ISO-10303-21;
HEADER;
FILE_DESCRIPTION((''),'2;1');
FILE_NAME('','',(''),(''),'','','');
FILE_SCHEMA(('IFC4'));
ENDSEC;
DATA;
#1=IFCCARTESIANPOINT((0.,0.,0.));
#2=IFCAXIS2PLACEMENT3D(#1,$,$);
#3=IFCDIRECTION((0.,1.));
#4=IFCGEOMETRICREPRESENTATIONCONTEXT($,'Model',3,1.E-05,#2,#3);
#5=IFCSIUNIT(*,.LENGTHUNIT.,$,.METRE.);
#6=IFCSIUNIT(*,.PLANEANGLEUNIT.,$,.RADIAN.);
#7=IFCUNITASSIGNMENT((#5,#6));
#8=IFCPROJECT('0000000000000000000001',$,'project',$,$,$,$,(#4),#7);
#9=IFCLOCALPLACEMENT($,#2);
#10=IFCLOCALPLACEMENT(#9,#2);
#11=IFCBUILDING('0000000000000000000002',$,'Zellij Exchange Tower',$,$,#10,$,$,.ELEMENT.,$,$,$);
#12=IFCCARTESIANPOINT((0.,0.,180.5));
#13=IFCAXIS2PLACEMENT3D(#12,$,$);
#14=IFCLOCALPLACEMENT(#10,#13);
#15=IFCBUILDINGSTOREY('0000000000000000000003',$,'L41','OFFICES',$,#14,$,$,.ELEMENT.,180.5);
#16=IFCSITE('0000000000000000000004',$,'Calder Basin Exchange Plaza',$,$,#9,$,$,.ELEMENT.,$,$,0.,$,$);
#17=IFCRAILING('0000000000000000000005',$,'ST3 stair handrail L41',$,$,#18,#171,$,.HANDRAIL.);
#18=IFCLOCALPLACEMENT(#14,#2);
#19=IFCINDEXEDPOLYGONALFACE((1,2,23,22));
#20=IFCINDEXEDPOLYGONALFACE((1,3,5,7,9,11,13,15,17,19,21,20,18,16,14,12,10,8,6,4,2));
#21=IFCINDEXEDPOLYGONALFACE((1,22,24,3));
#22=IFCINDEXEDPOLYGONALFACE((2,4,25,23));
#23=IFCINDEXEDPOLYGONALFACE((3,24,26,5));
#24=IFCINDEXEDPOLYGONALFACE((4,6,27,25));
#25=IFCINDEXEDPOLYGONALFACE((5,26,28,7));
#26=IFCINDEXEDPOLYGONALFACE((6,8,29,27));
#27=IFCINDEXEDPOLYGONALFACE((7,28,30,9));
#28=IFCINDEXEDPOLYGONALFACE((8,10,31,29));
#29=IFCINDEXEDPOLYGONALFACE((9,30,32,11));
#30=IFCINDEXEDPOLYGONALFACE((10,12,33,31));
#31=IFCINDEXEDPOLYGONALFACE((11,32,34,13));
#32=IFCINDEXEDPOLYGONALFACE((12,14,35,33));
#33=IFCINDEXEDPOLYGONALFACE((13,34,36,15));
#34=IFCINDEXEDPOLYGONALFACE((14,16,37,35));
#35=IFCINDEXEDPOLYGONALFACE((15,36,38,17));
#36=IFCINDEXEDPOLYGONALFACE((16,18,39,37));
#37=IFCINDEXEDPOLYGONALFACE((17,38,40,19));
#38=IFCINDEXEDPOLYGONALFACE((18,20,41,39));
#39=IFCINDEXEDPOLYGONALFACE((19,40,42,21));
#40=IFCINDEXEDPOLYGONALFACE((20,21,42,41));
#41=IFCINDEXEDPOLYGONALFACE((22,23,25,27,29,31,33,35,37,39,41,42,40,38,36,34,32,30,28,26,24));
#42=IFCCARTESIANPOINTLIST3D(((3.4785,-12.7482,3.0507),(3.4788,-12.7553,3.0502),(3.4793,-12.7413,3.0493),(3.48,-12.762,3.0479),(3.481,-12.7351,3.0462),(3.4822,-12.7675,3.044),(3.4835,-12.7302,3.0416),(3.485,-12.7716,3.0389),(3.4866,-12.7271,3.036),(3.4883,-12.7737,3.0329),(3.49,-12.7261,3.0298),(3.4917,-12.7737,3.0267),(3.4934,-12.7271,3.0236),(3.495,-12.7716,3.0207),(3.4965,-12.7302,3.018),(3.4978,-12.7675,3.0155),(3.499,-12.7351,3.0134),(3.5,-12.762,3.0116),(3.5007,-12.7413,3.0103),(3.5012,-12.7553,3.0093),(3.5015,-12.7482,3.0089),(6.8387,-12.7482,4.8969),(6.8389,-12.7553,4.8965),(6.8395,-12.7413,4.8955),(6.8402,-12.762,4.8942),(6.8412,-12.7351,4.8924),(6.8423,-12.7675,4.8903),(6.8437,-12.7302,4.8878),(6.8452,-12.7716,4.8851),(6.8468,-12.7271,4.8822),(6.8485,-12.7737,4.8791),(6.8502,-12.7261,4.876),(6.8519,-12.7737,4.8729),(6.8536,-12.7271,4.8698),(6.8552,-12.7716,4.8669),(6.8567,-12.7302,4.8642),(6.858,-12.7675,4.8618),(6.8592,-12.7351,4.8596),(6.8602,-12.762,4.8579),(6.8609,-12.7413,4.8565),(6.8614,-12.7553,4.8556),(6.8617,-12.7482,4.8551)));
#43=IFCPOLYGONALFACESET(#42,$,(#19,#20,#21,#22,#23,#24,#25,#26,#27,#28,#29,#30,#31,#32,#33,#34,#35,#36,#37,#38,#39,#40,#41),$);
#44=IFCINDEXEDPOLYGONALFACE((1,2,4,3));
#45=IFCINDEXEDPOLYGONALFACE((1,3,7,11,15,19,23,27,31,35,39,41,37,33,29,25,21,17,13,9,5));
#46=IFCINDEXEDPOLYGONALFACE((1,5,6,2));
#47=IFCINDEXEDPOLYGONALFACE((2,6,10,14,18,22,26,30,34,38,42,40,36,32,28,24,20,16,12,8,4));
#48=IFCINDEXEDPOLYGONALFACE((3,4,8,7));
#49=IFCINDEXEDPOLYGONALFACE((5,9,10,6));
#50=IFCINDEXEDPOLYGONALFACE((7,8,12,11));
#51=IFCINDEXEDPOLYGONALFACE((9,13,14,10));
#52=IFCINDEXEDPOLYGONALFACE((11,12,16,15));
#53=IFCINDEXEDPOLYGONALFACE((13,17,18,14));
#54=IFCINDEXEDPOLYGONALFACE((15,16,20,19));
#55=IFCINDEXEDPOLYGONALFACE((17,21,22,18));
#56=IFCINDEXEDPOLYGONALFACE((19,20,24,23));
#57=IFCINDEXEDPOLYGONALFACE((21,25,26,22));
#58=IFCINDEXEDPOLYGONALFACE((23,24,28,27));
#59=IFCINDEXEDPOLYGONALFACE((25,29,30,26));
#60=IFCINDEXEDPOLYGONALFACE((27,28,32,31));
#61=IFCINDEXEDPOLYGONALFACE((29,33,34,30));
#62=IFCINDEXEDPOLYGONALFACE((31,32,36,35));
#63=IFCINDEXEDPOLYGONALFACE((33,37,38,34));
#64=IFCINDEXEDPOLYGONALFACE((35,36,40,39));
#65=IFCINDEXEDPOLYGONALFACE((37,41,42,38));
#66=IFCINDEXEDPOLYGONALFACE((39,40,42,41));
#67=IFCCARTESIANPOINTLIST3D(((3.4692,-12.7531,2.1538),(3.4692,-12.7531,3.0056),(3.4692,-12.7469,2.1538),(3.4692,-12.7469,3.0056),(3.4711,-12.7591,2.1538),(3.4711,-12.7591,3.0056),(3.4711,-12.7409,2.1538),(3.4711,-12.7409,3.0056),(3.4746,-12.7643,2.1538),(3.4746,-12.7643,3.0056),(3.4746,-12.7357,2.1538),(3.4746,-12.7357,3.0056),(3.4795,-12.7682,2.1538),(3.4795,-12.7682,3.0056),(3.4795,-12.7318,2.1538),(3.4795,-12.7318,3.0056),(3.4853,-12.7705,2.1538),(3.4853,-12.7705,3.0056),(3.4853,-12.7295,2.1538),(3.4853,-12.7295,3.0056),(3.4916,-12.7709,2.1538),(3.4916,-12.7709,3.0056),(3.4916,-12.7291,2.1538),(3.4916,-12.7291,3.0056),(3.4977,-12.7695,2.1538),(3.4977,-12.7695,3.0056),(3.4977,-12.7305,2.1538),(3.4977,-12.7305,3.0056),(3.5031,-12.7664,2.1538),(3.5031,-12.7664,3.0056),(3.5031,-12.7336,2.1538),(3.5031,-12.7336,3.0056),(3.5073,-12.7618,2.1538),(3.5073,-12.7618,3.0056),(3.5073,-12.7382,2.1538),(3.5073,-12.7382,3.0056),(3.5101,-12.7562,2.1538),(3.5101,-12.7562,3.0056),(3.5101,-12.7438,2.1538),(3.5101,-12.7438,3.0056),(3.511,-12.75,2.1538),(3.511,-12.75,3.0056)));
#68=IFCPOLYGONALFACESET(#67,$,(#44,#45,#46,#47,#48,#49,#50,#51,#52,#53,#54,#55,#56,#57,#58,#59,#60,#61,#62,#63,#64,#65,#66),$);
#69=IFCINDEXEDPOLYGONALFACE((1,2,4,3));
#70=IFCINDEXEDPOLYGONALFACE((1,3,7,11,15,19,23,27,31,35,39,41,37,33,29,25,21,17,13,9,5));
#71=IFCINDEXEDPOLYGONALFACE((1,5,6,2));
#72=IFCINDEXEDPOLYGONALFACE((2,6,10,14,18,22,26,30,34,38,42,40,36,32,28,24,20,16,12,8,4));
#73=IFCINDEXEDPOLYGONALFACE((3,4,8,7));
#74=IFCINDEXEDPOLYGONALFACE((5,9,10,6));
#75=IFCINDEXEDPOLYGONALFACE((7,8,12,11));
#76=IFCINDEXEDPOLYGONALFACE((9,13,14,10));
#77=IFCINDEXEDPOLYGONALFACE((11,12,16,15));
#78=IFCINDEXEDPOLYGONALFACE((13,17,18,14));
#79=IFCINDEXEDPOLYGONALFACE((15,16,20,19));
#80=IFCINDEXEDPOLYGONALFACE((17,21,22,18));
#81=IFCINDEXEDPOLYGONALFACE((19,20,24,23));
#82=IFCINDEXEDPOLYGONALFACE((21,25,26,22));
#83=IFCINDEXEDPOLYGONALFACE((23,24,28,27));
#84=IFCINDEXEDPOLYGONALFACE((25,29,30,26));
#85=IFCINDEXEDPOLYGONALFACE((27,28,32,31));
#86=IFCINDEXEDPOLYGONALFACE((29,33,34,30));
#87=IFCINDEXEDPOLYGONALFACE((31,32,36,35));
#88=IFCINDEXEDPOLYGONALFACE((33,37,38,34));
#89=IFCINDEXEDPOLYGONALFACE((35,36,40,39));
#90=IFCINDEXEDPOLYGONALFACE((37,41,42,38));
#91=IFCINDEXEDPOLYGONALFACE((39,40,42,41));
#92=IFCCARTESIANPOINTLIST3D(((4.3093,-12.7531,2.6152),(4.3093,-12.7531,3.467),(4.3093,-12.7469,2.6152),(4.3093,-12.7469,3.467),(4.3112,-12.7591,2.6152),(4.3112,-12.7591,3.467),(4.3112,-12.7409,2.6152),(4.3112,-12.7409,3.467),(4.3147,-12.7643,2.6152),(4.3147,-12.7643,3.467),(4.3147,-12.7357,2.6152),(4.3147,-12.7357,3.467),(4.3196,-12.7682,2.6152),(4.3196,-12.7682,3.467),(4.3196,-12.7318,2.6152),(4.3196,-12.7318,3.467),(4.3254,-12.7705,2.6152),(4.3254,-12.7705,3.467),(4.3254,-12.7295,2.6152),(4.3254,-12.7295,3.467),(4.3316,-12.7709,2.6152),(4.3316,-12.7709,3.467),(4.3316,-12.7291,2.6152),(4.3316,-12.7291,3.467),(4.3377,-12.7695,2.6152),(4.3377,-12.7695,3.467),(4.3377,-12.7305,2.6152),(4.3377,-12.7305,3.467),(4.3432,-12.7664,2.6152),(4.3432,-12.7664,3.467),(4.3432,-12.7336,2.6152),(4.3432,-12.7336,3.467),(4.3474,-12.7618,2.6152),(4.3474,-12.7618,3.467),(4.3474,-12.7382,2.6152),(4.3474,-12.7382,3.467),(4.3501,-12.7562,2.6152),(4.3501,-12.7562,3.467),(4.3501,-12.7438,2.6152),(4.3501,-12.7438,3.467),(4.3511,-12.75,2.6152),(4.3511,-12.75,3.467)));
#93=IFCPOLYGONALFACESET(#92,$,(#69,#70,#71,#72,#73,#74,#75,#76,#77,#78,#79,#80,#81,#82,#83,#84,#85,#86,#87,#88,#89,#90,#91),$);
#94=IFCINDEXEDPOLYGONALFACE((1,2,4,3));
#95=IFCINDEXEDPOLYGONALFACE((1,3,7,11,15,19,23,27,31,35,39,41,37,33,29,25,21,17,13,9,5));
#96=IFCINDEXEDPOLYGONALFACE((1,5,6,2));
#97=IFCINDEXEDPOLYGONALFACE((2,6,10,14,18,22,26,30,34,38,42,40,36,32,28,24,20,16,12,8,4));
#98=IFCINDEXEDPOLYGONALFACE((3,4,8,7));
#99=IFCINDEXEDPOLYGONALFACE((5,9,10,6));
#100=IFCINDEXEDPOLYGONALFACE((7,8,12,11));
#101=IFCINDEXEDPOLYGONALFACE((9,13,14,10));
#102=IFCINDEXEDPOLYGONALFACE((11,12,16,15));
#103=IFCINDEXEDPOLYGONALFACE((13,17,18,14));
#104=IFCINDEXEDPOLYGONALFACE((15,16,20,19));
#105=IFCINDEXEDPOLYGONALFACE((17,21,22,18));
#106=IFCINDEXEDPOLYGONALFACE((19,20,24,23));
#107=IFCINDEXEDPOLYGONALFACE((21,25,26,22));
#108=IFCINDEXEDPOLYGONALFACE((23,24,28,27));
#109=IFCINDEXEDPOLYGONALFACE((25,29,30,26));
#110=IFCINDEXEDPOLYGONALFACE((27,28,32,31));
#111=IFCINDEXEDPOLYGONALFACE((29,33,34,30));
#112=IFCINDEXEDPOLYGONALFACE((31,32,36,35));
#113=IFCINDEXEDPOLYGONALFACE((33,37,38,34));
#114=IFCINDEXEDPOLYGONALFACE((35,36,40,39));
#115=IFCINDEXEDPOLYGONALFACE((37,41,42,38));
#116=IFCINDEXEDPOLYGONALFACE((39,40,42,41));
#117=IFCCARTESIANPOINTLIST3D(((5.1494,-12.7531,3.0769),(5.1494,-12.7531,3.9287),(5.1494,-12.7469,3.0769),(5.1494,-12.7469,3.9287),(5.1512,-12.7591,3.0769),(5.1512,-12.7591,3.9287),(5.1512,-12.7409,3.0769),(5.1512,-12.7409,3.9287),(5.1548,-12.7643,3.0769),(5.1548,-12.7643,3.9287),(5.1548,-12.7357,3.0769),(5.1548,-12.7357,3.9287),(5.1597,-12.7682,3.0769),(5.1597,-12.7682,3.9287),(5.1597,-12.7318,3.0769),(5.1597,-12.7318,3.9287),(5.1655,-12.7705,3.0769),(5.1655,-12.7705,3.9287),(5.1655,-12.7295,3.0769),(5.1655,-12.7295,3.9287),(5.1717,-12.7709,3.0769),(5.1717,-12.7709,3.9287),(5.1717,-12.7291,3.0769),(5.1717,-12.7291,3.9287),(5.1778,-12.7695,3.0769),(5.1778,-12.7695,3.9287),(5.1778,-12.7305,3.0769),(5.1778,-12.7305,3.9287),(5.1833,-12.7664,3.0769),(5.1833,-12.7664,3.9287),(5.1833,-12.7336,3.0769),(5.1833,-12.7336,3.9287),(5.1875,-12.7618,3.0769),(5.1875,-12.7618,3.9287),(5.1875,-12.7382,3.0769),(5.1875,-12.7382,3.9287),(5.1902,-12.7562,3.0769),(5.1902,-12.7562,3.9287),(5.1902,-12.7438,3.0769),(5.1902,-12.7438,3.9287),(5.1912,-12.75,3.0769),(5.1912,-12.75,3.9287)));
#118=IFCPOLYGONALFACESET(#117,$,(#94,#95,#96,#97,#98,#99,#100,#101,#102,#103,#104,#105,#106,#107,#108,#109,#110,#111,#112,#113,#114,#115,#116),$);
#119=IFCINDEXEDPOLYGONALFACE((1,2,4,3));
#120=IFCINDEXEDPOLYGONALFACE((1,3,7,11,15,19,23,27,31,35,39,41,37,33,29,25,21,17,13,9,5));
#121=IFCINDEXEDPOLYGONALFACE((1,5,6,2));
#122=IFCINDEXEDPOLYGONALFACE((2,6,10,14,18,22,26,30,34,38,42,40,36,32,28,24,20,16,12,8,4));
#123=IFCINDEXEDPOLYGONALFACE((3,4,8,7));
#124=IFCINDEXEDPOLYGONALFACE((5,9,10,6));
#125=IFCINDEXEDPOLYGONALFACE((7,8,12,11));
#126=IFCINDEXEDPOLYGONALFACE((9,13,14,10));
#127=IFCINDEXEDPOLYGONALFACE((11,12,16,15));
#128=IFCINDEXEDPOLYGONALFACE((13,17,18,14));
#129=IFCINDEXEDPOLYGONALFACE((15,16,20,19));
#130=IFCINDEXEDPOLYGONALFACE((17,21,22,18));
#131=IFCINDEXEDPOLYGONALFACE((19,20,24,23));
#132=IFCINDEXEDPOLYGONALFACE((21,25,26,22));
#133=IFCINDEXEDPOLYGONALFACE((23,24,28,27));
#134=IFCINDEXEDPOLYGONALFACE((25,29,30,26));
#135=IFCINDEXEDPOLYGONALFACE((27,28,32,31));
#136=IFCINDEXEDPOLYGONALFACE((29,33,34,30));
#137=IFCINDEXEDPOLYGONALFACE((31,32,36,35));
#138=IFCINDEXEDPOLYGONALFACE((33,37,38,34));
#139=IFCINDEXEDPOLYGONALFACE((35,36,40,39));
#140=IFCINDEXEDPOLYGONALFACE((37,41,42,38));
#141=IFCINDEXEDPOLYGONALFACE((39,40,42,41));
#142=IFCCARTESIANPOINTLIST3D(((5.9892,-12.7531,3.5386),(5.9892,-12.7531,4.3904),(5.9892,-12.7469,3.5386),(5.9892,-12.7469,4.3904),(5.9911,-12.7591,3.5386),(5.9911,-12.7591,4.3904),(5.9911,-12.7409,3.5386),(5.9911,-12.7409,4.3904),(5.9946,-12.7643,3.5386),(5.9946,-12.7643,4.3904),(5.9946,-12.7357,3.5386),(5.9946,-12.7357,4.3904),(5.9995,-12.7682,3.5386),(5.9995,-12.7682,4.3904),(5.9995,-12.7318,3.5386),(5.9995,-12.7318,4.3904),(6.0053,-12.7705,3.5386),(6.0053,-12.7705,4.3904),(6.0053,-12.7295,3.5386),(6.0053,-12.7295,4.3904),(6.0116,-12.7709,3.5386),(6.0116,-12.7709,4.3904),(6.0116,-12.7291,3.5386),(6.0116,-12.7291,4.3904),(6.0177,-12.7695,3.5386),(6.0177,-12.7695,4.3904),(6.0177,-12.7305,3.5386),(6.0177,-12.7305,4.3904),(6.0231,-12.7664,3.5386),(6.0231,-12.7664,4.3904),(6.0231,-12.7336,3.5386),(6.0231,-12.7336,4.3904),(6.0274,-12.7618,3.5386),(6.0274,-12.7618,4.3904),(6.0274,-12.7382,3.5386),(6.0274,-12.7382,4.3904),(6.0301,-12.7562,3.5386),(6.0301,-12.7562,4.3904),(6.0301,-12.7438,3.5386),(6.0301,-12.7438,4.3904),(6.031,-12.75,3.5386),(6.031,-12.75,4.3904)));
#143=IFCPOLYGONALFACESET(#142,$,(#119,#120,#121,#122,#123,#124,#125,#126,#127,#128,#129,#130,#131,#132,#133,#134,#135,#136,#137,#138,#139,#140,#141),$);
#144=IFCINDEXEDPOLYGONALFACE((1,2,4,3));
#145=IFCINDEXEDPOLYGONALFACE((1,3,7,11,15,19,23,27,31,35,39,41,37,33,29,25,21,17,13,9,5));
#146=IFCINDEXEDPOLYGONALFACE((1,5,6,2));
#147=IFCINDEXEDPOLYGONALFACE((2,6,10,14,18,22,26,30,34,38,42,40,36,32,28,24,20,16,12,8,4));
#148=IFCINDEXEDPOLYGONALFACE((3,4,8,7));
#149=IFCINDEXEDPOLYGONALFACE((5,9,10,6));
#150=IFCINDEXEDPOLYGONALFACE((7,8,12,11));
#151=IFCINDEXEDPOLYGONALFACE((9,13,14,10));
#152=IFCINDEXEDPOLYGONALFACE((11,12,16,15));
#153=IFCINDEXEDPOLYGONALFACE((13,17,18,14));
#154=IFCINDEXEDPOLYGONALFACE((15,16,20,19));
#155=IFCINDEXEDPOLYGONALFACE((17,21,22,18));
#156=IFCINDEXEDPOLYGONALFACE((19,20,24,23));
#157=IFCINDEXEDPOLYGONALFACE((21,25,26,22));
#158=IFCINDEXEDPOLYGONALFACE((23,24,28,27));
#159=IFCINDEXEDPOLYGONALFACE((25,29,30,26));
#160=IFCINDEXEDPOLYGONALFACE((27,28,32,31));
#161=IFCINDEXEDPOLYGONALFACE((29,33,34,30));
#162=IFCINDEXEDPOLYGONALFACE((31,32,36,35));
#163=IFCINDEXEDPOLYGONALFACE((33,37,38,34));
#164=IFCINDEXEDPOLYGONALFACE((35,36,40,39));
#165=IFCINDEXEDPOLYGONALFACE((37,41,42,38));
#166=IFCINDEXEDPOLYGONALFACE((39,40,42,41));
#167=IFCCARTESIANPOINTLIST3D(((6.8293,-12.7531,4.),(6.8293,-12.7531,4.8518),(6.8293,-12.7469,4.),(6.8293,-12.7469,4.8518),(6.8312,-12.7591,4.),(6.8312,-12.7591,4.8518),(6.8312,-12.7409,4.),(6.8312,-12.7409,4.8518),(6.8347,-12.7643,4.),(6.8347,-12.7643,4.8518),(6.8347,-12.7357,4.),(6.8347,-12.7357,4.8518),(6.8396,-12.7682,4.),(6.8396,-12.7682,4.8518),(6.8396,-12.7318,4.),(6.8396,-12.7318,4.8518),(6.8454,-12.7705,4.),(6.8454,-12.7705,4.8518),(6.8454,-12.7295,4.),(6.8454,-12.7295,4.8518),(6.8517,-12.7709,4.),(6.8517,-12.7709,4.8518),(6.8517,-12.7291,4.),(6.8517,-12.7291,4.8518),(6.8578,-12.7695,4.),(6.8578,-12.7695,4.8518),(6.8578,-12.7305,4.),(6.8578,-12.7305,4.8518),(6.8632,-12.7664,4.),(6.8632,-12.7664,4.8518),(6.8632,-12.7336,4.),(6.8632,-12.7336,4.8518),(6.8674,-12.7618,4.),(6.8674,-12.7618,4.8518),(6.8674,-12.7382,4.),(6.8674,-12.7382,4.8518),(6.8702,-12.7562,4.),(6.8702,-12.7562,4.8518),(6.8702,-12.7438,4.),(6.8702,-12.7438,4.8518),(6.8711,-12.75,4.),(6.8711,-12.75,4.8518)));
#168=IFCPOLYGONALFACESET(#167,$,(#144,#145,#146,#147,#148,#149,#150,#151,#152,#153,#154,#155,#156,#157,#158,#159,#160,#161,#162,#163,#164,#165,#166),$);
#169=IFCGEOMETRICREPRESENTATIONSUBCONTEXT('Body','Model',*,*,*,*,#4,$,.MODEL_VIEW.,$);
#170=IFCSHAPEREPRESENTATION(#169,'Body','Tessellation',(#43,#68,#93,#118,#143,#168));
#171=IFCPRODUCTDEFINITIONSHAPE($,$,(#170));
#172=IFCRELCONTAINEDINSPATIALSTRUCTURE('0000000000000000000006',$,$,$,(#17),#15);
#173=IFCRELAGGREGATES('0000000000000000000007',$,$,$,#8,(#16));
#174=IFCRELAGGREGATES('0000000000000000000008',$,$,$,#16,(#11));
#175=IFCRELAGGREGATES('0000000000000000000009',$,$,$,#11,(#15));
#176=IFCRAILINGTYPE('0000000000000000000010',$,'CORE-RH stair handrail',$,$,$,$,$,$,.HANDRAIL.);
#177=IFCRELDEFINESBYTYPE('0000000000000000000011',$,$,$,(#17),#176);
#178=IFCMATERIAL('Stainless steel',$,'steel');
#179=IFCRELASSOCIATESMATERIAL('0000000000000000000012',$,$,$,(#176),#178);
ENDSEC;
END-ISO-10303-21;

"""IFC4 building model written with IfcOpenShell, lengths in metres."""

from ifc_helpers import new_model, si_unit, direction, frame, origin, origin_2d, place, context, subcontext, project, spatial, circle, extrude, material, type_object, element, save


model = new_model("IFC4")

# Units and contexts
model_context = context("Model", 3, precision=1e-05, world=origin(), true_north=direction((0.0, 1.0)))
body_context = subcontext(model_context, "Body", "Model", "MODEL_VIEW")
ifc_project = project(units=[si_unit("LENGTHUNIT", "METRE"), si_unit("PLANEANGLEUNIT", "RADIAN")], contexts=[model_context])

# Site, building, storey
site_placement = place(None, origin())
site = spatial("IfcSite", under=ifc_project, at=site_placement, Name="Calder Basin Exchange Plaza", CompositionType="ELEMENT", RefElevation=0.0)
building_placement = place(site_placement, origin())
building = spatial("IfcBuilding", under=site, at=building_placement, Name="Zellij Exchange Tower", CompositionType="ELEMENT")
storey_placement = place(building_placement, frame((0.0, 0.0, 180.5)))
storey = spatial("IfcBuildingStorey", under=building, at=storey_placement, Name="L41", Description="OFFICES", CompositionType="ELEMENT", Elevation=180.5)

# Railing
ifc_material_1 = material(Name="Stainless steel", Category="steel")
railing_type_1 = type_object("IfcRailingType", Name="CORE-RH stair handrail", PredefinedType="HANDRAIL", material=ifc_material_1)
railing_1_placement = place(storey_placement, frame((3.49, -12.75, 2.1538)))
element("IfcRailing", 1, at=railing_1_placement, inside=storey, type_object=railing_type_1, Name="ST3 stair handrail L41", PredefinedType="HANDRAIL", context=body_context, shape_type="SweptSolid", body=[
    extrude(circle(Radius=0.0239, at=origin_2d()), frame((0.0, 0.0, 0.876), z_axis=(0.876422, 0.0, 0.481545), x_axis=(0.0, 1.0, 0.0)), (0.0, 0.0, 1.0), 3.834),
    extrude(circle(Radius=0.021, at=origin_2d()), origin(), (0.0, 0.0, 1.0), 0.8518),
    extrude(circle(Radius=0.021, at=origin_2d()), frame((0.8401, 0.0, 0.4614)), (0.0, 0.0, 1.0), 0.8518),
    extrude(circle(Radius=0.021, at=origin_2d()), frame((1.6802, 0.0, 0.9231)), (0.0, 0.0, 1.0), 0.8518),
    extrude(circle(Radius=0.021, at=origin_2d()), frame((2.52, 0.0, 1.3848)), (0.0, 0.0, 1.0), 0.8518),
    extrude(circle(Radius=0.021, at=origin_2d()), frame((3.3601, 0.0, 1.8462)), (0.0, 0.0, 1.0), 0.8518),
])

save(model, "model.ifc")
